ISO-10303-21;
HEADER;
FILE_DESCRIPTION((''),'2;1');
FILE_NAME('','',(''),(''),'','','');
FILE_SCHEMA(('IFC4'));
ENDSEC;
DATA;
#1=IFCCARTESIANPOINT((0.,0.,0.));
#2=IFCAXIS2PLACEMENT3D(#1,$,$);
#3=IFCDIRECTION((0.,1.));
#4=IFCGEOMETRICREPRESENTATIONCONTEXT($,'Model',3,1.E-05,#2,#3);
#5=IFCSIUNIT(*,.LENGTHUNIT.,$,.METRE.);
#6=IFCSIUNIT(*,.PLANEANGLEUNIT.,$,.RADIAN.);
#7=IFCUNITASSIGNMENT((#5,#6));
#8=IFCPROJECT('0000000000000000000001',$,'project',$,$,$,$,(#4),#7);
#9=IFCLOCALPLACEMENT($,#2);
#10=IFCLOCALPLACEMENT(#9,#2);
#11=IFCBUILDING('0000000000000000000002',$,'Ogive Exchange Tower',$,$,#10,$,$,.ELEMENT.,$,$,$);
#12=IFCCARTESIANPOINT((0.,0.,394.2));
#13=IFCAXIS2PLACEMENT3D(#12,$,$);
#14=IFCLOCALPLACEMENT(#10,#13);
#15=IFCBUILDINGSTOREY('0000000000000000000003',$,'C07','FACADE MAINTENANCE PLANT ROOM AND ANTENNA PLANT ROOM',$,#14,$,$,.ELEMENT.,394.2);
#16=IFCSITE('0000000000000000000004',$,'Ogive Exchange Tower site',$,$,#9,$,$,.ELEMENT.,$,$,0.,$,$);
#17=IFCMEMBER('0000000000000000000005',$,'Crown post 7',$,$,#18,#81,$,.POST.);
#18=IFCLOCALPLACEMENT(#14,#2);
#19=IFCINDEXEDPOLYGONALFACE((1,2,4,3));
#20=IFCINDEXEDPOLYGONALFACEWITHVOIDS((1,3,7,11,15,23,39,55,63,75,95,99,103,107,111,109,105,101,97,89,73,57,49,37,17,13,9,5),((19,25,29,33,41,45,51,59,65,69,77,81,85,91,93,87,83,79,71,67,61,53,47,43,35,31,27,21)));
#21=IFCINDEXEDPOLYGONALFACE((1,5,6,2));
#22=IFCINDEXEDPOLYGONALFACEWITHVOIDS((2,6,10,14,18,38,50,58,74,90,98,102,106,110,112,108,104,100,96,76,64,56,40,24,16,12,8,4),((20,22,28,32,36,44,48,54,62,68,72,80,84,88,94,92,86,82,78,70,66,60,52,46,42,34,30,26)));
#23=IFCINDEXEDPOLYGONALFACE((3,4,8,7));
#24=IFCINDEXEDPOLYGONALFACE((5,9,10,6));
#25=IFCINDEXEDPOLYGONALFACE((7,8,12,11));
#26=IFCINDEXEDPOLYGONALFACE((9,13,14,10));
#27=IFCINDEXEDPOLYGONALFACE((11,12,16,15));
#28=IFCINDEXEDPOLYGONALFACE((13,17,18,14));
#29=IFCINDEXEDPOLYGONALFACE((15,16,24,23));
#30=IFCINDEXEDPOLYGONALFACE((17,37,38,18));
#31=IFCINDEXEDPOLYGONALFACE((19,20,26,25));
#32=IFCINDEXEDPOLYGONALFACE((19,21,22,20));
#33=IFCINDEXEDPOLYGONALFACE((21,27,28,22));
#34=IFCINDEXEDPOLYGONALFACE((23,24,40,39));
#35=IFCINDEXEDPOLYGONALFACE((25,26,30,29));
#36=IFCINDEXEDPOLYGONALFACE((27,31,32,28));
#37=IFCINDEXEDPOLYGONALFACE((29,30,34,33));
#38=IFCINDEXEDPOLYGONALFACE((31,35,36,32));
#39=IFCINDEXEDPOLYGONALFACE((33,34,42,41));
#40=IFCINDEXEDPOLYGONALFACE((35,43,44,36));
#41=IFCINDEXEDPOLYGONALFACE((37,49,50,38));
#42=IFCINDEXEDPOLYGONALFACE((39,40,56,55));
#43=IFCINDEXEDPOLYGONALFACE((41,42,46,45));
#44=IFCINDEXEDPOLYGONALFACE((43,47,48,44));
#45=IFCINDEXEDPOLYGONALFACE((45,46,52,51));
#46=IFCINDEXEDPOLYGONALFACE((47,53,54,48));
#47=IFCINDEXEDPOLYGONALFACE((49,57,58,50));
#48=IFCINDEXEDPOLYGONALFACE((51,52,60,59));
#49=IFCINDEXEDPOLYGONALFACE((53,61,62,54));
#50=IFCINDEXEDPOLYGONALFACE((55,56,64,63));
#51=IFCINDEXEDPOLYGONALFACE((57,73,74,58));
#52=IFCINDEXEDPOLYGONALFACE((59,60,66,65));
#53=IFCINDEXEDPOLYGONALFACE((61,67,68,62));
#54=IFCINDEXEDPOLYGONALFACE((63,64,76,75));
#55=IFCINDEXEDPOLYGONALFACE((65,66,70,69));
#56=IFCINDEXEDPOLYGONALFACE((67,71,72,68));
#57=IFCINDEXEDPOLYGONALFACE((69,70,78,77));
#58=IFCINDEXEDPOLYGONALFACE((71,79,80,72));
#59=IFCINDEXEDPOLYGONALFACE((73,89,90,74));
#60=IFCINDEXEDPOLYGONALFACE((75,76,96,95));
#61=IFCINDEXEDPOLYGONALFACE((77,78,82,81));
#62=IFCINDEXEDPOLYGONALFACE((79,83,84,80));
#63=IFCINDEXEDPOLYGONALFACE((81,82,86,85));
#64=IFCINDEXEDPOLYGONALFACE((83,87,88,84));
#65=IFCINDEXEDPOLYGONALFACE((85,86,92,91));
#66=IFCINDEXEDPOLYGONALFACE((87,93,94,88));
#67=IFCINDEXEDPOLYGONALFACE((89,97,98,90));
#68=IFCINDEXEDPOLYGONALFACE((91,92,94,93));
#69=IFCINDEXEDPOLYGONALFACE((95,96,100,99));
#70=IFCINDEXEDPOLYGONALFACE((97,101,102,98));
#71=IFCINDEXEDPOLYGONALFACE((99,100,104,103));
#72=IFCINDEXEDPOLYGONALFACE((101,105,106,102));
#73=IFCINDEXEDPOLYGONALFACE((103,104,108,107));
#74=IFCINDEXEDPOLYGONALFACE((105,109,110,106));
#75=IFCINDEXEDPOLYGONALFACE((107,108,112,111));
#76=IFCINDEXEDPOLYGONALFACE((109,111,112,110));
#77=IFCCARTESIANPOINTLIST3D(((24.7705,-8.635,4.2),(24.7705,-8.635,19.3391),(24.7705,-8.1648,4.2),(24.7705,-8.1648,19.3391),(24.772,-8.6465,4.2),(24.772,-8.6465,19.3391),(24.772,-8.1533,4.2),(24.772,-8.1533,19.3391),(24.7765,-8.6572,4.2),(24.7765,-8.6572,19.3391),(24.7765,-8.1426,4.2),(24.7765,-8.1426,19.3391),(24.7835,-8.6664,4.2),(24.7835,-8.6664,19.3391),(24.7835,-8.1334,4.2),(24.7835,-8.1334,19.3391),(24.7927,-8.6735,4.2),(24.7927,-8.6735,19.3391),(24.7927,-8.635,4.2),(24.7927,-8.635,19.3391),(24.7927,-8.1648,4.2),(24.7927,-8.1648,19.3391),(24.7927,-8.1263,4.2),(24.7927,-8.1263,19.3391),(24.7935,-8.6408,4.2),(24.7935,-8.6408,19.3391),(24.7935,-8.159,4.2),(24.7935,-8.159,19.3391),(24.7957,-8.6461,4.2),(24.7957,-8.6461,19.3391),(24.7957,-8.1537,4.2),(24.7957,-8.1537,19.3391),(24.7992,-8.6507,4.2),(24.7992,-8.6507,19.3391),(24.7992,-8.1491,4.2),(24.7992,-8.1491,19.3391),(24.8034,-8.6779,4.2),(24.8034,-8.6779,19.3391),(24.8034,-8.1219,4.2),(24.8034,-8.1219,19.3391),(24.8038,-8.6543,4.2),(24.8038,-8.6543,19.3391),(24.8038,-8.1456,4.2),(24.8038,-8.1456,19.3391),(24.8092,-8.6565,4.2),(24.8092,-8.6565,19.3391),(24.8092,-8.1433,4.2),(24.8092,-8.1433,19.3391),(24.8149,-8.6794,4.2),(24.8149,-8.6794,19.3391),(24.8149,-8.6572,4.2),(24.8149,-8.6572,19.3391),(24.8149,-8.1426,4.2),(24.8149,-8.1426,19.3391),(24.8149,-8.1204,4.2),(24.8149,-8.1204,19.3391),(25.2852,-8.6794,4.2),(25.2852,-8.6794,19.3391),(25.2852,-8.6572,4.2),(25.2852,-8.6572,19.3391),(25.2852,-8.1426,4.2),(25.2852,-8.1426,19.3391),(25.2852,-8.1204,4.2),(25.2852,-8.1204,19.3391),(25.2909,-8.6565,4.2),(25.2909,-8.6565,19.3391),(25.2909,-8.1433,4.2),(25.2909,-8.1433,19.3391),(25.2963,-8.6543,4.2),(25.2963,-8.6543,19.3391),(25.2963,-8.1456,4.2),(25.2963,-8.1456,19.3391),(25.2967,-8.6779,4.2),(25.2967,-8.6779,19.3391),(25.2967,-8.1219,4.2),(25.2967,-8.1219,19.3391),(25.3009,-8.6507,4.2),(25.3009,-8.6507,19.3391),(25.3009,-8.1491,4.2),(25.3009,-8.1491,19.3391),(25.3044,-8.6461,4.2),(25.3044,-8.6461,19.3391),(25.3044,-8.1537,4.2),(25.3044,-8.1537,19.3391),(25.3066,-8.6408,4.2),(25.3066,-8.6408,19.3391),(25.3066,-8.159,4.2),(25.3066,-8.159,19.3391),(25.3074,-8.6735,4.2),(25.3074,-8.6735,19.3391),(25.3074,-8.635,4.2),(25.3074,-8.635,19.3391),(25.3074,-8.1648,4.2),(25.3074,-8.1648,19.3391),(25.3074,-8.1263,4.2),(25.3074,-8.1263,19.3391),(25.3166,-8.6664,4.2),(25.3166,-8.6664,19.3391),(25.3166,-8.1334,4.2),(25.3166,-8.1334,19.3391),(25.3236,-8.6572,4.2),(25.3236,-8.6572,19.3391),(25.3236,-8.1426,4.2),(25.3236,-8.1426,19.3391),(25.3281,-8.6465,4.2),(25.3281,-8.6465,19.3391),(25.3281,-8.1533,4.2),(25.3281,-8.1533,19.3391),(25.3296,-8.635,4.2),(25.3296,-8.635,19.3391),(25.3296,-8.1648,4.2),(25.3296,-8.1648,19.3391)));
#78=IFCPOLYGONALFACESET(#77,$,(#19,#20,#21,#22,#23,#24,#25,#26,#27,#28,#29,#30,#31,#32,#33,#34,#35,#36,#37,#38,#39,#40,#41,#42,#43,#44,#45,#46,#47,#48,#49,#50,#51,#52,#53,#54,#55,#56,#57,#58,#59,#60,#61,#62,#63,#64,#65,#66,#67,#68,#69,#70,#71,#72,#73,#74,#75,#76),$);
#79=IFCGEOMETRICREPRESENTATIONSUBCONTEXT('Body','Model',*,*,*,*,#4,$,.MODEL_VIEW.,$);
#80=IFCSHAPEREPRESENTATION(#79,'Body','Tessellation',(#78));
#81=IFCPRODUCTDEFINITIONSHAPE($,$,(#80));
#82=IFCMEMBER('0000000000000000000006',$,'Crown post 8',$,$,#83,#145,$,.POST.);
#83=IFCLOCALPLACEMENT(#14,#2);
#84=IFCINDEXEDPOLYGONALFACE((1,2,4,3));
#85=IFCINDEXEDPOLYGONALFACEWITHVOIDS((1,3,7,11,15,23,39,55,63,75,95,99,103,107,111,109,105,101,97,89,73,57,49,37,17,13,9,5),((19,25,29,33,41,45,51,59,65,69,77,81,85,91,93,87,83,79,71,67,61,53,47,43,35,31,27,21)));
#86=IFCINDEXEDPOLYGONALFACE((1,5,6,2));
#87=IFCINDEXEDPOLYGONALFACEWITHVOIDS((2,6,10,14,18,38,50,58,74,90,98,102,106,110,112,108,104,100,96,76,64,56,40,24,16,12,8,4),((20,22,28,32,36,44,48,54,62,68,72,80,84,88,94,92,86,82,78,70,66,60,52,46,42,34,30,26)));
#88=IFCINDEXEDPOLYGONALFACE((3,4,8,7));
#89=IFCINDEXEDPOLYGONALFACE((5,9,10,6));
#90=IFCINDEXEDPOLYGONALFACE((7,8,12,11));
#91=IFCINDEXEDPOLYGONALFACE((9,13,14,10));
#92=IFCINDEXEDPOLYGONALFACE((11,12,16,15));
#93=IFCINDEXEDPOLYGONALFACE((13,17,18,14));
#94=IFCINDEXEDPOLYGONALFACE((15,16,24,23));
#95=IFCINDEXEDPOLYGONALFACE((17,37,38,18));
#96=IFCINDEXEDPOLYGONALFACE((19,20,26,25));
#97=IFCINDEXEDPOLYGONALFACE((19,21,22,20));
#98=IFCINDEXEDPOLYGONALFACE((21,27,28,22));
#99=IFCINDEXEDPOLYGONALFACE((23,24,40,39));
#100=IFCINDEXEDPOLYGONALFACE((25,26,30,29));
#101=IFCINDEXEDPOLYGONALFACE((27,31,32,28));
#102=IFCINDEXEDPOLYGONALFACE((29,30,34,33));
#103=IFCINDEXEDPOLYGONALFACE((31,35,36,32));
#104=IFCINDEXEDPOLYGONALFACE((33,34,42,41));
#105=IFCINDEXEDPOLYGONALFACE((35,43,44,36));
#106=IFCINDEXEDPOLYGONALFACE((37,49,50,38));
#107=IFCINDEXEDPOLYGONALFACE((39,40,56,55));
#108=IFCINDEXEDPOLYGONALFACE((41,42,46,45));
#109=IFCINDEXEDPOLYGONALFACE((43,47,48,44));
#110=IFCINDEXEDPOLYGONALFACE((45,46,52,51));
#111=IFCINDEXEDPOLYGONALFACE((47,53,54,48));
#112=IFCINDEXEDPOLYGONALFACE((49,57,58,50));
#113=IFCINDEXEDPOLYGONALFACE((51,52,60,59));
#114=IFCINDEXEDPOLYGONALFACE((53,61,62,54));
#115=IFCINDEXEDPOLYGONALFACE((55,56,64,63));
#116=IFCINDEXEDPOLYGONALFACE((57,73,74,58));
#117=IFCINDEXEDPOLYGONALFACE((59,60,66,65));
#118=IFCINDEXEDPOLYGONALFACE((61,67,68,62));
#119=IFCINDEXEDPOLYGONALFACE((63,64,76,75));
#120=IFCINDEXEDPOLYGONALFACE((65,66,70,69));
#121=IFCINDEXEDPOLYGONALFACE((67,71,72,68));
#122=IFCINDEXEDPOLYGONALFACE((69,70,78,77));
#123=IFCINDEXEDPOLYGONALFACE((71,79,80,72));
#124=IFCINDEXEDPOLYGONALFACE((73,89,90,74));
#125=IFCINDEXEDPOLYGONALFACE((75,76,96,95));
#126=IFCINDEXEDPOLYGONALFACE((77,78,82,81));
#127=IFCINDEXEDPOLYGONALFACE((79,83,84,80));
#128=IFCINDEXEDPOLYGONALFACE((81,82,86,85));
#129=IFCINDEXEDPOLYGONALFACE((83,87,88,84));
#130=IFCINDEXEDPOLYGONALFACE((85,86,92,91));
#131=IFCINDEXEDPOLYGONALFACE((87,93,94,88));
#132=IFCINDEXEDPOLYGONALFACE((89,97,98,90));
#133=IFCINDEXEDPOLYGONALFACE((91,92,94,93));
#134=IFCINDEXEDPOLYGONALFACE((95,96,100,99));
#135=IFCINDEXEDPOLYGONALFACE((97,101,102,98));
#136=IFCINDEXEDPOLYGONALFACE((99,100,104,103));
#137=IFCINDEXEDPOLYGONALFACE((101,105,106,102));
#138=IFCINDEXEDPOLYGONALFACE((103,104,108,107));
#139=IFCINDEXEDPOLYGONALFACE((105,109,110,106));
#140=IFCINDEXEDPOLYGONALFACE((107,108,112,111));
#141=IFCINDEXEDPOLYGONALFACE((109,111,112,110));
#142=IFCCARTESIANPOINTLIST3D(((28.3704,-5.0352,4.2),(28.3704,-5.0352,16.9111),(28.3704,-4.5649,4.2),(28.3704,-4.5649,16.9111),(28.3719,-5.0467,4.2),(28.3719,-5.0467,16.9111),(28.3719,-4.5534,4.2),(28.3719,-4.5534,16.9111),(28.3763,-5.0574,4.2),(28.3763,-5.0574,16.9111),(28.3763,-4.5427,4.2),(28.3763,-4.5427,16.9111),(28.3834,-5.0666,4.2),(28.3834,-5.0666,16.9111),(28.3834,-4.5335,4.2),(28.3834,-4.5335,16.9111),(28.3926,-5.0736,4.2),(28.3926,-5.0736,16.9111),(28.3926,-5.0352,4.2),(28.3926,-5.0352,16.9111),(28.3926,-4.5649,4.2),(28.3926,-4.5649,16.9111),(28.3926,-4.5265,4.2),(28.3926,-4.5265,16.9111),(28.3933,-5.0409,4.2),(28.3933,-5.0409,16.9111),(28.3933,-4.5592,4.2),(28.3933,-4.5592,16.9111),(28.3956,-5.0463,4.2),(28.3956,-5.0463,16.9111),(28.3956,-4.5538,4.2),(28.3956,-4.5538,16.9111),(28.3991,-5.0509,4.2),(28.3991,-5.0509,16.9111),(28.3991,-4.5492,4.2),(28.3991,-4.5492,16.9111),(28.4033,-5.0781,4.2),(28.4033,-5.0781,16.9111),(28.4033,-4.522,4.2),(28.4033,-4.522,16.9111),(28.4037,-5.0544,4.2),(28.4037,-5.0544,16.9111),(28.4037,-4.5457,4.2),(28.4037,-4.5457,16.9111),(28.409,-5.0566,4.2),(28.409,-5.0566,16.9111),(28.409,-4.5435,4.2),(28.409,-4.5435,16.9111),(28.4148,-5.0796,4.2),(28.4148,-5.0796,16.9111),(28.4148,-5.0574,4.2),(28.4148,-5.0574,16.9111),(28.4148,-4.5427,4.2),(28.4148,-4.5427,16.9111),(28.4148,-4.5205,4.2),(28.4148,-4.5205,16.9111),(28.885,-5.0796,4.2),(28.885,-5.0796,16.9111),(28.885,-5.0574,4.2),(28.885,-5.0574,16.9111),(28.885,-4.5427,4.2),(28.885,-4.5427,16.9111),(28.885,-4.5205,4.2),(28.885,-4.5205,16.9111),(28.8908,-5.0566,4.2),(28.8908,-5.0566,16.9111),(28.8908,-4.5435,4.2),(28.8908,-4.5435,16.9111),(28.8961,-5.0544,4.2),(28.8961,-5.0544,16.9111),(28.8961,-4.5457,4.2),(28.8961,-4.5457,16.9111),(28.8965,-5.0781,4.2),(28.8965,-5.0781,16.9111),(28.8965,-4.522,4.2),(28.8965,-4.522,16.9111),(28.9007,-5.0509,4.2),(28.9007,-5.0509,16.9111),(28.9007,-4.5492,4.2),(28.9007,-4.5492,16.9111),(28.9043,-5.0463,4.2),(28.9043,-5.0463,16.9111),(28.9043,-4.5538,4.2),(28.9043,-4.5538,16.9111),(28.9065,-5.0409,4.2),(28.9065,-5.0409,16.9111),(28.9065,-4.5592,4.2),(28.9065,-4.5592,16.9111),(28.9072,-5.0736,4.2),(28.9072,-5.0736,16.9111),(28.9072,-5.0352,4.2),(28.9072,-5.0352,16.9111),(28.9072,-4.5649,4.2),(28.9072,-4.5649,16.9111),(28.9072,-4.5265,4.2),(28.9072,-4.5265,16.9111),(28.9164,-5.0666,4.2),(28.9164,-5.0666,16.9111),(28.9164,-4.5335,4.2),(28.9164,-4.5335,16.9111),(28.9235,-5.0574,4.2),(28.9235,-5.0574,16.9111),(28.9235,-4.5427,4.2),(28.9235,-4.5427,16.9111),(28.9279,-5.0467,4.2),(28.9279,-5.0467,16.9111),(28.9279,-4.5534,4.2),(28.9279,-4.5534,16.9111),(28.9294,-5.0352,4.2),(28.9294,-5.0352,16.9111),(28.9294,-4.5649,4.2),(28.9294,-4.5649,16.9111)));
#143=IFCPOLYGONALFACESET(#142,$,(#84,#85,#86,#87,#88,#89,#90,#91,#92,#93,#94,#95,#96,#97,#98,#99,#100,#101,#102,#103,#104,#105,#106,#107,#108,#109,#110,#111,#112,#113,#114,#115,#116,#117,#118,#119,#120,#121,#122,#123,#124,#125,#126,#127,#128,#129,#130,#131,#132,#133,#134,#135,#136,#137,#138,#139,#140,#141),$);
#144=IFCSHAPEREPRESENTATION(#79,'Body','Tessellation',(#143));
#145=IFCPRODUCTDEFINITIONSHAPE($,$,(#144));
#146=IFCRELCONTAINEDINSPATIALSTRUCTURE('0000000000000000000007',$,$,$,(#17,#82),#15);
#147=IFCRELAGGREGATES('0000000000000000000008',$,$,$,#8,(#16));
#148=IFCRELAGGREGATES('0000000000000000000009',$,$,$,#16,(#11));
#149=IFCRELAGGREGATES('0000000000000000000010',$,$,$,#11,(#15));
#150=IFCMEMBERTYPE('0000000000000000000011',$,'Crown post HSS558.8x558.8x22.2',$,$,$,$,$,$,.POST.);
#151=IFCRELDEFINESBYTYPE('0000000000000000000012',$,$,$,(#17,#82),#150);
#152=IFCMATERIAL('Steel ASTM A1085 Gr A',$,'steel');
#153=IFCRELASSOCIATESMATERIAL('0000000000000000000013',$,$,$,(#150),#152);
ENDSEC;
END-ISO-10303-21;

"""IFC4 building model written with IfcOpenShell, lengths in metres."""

from ifc_helpers import new_model, si_unit, direction, frame, origin, origin_2d, place, context, subcontext, project, spatial, hollow_rectangle, extrude, material, material_profile, profile_set, type_object, element, save


model = new_model("IFC4")

# Units and contexts
model_context = context("Model", 3, precision=1e-05, world=origin(), true_north=direction((0.0, 1.0)))
body_context = subcontext(model_context, "Body", "Model", "MODEL_VIEW")
ifc_project = project(units=[si_unit("LENGTHUNIT", "METRE"), si_unit("PLANEANGLEUNIT", "RADIAN")], contexts=[model_context])

# Site, building, storey
site_placement = place(None, origin())
site = spatial("IfcSite", under=ifc_project, at=site_placement, Name="Ogive Exchange Tower site", CompositionType="ELEMENT", RefElevation=0.0)
building_placement = place(site_placement, origin())
building = spatial("IfcBuilding", under=site, at=building_placement, Name="Ogive Exchange Tower", CompositionType="ELEMENT")
storey_placement = place(building_placement, frame((0.0, 0.0, 394.2)))
storey = spatial("IfcBuildingStorey", under=building, at=storey_placement, Name="C07", Description="FACADE MAINTENANCE PLANT ROOM AND ANTENNA PLANT ROOM", CompositionType="ELEMENT", Elevation=394.2)

# Members
ifc_material_1 = material(Name="Steel ASTM A1085 Gr A", Category="steel")
ifc_material_profile_1 = material_profile(ifc_material_1, hollow_rectangle(XDim=0.5591, YDim=0.5591, WallThickness=0.0222, InnerFilletRadius=0.0222, OuterFilletRadius=0.0444, at=origin_2d()), Name="HSS558.8x558.8x22.2")
ifc_profile_set_1 = profile_set([ifc_material_profile_1], Name="Steel ASTM A1085 Gr A")
member_type = type_object("IfcMemberType", Name="Crown post HSS558.8x558.8x22.2", PredefinedType="POST", material=ifc_profile_set_1)
for number, where, z_axis, x_axis, name in (
    (1, (25.05, -8.3999, 4.2), (0.0, 0.0, 1.0), (1.0, 0.0, 0.0), "Crown post 7"),
):
    element("IfcMember", number, at=place(storey_placement, frame(where, z_axis=z_axis, x_axis=x_axis)), inside=storey, type_object=member_type, Name=name, PredefinedType="POST", context=body_context, shape_type="SweptSolid", body=[
        extrude(hollow_rectangle(XDim=0.5591, YDim=0.5591, WallThickness=0.0222, InnerFilletRadius=0.0222, OuterFilletRadius=0.0444, at=origin_2d()), origin(), (0.0, 0.0, 1.0), 15.1392),
    ])
member_1_placement = place(storey_placement, frame((28.6499, -4.8, 4.2), z_axis=(0.0, 0.0, 1.0), x_axis=(1.0, 0.0, 0.0)))
element("IfcMember", 2, at=member_1_placement, inside=storey, type_object=member_type, Name="Crown post 8", PredefinedType="POST", context=body_context, shape_type="SweptSolid", body=[
    extrude(hollow_rectangle(XDim=0.5591, YDim=0.5591, WallThickness=0.0222, InnerFilletRadius=0.0222, OuterFilletRadius=0.0444, at=origin_2d()), origin(), (0.0, 0.0, 1.0), 12.7112),
])

save(model, "model.ifc")
